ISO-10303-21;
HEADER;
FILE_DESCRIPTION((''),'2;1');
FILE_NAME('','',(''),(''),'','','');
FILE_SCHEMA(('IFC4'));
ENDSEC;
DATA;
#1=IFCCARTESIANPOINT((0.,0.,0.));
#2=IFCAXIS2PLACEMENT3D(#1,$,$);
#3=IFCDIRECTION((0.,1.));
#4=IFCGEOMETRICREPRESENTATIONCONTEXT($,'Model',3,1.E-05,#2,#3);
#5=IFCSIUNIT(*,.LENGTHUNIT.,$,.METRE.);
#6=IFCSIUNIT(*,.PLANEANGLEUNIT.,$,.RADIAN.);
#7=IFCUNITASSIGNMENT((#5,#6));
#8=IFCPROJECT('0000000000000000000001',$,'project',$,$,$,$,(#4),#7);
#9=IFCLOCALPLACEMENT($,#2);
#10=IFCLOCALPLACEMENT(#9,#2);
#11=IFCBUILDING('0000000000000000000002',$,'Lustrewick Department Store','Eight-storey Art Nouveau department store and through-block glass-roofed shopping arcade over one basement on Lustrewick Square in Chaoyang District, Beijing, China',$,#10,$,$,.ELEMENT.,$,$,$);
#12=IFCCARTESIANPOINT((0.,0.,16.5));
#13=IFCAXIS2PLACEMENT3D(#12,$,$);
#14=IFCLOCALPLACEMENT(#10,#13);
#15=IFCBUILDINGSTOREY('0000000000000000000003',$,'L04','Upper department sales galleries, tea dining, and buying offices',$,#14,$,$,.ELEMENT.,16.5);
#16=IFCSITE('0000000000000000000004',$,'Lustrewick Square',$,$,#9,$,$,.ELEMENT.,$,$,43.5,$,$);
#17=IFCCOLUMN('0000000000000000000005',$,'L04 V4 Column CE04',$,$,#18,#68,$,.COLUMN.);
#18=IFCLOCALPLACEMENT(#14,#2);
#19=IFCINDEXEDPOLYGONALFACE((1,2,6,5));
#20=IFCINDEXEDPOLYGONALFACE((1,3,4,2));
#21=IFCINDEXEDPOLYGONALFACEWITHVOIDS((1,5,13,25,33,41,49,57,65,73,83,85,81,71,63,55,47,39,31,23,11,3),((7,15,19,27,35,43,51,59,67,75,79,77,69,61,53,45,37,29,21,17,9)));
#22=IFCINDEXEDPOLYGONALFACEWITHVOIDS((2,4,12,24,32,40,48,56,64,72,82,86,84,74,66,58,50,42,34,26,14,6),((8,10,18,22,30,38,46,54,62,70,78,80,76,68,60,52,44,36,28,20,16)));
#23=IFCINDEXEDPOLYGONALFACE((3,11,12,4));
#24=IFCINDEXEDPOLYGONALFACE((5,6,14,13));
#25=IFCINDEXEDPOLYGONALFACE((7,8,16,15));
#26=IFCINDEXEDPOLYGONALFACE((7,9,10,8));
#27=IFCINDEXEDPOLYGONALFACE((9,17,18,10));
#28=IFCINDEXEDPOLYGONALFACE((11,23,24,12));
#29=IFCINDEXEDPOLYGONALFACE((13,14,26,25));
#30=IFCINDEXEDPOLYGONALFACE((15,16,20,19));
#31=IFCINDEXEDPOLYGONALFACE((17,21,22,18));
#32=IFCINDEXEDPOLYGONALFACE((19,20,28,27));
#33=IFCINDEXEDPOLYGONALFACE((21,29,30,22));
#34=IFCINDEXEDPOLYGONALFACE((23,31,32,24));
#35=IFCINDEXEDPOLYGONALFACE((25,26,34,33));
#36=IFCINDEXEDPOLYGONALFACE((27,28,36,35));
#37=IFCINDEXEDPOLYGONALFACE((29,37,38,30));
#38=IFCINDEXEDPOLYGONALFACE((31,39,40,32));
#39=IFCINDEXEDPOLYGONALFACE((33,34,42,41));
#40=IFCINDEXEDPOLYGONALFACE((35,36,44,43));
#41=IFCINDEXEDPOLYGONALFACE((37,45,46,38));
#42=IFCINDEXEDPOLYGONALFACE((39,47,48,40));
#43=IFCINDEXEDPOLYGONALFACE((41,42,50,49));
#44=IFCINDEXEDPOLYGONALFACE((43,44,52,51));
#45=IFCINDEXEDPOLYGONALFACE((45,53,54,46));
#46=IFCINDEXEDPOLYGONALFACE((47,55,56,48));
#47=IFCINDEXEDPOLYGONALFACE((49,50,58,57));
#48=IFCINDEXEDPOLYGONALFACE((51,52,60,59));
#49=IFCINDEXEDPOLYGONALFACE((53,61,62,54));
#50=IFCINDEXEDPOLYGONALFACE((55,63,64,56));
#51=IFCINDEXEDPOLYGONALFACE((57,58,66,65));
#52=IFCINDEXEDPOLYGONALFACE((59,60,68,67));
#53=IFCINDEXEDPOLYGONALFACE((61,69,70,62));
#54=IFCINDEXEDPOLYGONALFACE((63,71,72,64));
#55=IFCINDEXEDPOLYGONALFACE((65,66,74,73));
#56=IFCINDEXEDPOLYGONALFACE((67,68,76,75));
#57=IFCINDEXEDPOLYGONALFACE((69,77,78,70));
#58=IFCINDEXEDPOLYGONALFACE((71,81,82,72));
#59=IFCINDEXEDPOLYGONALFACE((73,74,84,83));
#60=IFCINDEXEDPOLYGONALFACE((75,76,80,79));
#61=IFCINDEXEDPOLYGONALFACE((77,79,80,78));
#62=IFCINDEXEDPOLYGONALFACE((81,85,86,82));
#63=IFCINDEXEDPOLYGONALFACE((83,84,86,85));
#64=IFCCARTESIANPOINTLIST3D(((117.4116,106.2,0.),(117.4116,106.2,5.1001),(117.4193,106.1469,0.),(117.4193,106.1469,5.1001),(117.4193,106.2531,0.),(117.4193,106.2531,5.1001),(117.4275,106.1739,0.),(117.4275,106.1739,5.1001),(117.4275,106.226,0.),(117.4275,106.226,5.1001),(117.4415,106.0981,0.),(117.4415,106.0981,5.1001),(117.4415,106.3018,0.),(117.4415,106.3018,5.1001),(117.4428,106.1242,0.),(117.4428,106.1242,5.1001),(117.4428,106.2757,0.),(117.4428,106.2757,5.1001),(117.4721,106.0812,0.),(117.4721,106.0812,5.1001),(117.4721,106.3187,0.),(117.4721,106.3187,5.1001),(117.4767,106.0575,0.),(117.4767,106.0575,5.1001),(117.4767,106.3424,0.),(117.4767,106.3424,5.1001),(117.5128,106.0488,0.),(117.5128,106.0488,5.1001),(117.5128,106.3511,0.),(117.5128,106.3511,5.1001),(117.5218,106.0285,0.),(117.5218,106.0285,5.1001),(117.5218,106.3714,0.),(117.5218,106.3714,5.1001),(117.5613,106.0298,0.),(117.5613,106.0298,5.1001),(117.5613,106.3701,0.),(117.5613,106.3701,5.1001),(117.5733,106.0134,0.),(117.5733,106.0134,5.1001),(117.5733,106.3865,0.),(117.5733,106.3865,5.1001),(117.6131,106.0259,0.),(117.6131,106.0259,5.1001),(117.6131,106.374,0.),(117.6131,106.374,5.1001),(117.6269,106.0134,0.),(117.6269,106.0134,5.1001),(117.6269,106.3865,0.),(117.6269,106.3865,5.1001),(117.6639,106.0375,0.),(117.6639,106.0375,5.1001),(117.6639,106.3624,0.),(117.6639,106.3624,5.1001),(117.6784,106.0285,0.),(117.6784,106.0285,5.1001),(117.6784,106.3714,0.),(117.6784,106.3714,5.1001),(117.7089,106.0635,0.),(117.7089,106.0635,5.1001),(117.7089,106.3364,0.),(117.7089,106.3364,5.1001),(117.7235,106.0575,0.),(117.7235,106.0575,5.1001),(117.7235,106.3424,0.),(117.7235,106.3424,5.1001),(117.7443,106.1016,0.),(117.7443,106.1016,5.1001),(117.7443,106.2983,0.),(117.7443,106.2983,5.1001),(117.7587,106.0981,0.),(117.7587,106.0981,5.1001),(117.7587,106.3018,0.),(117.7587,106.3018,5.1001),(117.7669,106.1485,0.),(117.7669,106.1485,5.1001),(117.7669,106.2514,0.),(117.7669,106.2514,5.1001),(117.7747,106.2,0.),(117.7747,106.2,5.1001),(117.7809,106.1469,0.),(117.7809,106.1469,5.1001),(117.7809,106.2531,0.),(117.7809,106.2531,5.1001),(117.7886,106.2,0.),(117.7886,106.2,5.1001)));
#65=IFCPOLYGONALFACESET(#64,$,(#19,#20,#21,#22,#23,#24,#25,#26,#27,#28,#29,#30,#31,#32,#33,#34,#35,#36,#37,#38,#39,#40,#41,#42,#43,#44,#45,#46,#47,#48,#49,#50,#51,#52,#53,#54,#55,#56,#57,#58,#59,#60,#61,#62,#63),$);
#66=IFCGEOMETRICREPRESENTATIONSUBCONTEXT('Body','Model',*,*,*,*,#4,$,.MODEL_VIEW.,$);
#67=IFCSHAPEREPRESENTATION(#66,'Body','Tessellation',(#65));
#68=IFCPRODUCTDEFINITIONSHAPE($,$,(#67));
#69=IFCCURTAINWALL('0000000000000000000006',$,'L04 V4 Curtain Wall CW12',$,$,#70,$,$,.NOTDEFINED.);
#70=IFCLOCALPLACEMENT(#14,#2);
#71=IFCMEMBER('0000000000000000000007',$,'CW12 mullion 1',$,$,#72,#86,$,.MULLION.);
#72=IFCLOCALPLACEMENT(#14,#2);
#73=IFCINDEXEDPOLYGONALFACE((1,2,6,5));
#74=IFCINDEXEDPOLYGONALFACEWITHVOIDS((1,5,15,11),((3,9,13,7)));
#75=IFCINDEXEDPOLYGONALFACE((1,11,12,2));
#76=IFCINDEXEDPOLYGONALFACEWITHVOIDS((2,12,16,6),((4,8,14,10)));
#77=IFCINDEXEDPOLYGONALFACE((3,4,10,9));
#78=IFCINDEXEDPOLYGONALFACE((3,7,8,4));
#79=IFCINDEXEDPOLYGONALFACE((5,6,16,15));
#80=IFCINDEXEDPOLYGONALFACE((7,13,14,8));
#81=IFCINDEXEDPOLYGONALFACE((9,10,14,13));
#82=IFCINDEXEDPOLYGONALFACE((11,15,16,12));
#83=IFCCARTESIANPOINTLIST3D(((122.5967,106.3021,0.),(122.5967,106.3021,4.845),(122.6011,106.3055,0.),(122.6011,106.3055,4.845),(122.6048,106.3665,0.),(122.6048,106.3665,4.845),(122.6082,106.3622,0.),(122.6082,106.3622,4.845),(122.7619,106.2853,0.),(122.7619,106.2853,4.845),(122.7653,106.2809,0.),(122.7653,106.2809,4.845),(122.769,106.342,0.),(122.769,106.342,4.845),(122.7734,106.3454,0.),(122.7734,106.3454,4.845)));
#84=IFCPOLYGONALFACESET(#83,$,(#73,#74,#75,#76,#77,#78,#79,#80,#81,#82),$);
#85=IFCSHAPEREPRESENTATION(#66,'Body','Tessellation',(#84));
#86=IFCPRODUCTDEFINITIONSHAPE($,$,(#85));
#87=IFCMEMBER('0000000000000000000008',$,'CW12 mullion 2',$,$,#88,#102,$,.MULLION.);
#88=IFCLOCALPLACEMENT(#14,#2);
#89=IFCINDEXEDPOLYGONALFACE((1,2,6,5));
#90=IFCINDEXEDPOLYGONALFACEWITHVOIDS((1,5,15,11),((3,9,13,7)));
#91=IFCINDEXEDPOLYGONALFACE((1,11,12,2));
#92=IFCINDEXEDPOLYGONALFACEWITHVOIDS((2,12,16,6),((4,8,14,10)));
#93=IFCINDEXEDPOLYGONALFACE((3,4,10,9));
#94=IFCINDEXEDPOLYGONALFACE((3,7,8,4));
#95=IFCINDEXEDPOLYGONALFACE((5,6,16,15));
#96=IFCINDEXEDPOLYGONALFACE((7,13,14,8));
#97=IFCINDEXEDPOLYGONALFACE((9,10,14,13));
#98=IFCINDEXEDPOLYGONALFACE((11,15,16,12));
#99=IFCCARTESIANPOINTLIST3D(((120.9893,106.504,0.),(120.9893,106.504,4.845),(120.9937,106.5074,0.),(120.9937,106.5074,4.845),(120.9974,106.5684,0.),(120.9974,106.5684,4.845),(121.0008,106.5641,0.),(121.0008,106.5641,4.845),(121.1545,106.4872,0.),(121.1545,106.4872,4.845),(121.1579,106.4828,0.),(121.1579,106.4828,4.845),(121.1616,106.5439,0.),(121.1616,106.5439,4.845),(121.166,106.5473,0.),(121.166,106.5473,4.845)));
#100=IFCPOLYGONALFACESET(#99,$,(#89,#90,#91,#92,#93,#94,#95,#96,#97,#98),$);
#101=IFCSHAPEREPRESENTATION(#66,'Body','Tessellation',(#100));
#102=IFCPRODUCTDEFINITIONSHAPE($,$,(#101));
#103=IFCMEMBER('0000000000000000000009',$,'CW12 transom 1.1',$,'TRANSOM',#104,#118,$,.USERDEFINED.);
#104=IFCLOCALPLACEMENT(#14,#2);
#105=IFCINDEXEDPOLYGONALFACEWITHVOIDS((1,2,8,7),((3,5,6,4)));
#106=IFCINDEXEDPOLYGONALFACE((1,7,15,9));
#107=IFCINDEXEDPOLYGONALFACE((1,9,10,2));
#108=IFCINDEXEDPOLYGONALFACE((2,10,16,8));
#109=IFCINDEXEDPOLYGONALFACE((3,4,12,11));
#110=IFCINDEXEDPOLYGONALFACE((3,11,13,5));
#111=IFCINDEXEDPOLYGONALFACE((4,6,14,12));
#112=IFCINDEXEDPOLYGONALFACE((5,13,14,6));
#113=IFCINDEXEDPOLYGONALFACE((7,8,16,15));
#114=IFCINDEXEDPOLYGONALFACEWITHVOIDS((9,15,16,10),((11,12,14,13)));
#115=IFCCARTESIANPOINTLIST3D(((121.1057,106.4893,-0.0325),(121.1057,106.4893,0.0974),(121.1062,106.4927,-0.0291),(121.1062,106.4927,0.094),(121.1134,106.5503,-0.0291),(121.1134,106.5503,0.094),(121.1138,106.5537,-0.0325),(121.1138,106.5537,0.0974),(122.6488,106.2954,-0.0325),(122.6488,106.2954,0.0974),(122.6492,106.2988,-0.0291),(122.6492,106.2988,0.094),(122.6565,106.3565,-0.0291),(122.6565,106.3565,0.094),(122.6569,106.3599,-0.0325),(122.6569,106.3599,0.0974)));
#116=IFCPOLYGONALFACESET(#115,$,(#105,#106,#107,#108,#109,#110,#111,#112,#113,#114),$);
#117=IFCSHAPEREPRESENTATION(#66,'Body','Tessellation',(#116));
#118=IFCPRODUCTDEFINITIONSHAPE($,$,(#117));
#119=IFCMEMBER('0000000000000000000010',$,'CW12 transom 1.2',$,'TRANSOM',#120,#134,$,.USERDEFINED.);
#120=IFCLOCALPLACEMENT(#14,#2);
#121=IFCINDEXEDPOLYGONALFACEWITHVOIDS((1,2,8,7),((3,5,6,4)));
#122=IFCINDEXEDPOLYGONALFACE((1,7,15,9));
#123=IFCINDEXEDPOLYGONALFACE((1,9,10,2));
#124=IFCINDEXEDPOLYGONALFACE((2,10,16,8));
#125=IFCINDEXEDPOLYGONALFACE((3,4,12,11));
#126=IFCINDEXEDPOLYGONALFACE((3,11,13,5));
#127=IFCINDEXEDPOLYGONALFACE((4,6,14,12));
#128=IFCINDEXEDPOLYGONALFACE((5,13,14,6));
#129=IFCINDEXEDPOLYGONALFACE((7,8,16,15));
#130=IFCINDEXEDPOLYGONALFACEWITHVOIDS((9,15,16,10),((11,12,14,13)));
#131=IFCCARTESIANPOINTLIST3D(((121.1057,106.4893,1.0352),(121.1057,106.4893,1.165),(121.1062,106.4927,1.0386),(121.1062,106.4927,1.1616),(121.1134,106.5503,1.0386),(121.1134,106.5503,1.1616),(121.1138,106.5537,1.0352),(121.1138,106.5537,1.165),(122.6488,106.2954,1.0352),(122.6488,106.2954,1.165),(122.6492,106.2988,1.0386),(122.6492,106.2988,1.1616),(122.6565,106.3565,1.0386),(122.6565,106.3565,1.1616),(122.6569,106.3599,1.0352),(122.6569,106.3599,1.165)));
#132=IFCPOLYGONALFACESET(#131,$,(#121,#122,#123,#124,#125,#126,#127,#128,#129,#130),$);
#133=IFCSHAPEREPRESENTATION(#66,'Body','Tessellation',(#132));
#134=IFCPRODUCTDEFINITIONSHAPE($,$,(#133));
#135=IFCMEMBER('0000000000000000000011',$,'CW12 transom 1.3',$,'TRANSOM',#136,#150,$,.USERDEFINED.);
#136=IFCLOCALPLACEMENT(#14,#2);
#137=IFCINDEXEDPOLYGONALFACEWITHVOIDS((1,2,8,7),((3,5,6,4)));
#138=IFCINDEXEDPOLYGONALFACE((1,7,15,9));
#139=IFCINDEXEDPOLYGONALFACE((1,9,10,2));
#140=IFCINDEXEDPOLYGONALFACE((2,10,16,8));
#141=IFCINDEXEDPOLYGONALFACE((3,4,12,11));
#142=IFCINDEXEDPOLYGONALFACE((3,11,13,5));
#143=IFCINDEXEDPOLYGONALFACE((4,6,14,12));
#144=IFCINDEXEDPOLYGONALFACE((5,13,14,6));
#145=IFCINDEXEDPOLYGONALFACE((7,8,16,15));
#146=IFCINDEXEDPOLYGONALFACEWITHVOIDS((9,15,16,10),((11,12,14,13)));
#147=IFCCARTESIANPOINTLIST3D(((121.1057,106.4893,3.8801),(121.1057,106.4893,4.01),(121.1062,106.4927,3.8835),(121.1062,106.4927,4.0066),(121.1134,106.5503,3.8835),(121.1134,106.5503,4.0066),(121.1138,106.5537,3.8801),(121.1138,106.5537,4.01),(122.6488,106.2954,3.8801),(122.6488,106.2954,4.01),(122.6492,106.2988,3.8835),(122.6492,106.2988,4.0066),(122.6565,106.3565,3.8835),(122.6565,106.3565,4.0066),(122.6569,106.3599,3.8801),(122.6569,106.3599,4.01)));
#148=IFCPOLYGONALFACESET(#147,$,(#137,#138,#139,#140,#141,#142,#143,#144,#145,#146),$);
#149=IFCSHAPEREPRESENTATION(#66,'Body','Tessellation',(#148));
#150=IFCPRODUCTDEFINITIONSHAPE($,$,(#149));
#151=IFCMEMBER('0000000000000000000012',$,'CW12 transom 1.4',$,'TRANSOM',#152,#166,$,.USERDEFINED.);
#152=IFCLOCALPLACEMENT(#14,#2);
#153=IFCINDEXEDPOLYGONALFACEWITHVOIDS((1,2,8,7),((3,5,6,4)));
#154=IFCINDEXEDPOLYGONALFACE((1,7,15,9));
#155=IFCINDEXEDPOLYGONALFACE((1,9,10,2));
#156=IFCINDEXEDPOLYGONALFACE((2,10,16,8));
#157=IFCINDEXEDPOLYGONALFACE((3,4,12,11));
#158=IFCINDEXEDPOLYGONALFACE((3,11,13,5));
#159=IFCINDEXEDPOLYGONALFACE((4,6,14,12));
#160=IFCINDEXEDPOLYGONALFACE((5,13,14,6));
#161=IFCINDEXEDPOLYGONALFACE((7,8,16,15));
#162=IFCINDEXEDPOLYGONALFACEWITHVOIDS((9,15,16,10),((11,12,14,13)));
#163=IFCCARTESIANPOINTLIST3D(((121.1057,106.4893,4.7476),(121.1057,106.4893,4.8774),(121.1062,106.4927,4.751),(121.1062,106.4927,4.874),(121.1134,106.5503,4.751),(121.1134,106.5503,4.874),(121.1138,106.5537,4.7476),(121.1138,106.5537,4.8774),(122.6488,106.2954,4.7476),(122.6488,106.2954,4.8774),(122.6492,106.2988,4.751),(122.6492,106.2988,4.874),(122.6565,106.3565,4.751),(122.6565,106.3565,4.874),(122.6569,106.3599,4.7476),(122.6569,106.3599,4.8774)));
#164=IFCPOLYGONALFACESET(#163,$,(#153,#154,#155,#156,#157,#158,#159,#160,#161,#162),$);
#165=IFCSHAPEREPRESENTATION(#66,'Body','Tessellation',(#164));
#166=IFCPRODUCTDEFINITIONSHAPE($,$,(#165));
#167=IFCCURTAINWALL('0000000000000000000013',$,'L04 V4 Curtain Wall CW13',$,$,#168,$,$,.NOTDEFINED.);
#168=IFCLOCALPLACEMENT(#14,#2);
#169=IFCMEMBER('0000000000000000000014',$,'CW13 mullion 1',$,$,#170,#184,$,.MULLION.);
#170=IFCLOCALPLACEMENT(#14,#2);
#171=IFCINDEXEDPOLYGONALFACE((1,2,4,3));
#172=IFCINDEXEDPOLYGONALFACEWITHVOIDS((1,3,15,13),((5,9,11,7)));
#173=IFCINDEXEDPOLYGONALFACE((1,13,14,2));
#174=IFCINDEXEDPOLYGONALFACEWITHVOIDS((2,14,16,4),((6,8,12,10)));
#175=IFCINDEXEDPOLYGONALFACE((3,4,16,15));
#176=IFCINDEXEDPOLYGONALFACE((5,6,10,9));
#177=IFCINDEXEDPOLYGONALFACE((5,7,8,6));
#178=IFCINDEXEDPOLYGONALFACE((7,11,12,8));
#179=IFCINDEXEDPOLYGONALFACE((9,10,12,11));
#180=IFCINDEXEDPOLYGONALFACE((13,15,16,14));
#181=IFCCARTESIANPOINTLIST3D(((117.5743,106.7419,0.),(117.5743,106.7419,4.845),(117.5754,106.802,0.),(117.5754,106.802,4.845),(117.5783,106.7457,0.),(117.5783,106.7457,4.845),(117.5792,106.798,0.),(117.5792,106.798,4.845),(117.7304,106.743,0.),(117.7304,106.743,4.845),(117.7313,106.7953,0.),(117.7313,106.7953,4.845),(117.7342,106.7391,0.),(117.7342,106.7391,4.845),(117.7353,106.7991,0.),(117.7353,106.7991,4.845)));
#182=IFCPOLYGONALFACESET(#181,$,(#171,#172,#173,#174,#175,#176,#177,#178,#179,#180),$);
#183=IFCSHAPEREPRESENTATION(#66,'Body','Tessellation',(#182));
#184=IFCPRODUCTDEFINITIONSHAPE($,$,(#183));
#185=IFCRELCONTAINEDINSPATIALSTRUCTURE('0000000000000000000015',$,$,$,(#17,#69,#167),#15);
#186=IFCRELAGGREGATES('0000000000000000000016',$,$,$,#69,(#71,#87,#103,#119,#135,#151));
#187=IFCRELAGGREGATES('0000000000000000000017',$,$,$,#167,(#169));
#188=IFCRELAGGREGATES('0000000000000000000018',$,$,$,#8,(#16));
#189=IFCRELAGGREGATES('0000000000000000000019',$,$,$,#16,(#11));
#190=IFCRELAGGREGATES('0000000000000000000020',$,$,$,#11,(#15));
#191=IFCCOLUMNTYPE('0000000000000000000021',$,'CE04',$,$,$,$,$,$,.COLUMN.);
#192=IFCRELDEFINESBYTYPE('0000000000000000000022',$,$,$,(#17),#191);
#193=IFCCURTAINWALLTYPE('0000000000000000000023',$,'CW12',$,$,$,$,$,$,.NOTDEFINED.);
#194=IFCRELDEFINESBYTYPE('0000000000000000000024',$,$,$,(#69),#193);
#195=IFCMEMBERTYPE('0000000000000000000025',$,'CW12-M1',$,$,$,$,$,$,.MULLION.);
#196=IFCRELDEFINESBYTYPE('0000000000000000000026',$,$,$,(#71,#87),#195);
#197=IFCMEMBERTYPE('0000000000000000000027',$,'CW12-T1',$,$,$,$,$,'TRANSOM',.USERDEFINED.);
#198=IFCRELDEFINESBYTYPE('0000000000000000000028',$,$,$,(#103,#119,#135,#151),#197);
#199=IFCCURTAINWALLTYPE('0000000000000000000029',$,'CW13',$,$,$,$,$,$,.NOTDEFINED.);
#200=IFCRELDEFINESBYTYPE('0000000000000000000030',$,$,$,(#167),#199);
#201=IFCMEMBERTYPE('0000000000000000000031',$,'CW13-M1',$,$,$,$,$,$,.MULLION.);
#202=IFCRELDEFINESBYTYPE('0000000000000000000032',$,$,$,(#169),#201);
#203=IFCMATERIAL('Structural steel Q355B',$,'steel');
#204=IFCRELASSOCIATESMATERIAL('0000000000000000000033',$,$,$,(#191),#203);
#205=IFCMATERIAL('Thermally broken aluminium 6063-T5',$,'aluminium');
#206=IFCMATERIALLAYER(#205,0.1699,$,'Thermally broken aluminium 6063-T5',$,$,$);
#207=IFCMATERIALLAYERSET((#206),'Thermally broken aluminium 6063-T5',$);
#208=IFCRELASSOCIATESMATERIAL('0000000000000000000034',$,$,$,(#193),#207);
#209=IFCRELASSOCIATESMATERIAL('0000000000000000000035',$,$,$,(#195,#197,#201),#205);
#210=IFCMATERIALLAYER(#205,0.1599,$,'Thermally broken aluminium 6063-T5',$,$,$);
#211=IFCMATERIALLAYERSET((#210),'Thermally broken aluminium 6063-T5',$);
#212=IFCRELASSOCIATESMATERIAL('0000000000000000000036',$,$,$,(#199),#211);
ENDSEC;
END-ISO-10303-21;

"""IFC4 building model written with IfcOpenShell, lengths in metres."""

from ifc_helpers import new_model, si_unit, direction, frame, origin, origin_2d, place, context, subcontext, project, spatial, hollow_rectangle, hollow_circle, extrude, material, layer, layer_set, material_profile, profile_set, type_object, element, aggregate, save


model = new_model("IFC4")

# Units and contexts
model_context = context("Model", 3, precision=1e-05, world=origin(), true_north=direction((0.0, 1.0)))
body_context = subcontext(model_context, "Body", "Model", "MODEL_VIEW")
ifc_project = project(units=[si_unit("LENGTHUNIT", "METRE"), si_unit("PLANEANGLEUNIT", "RADIAN")], contexts=[model_context])

# Site, building, storey
site_placement = place(None, origin())
site = spatial("IfcSite", under=ifc_project, at=site_placement, Name="Lustrewick Square", CompositionType="ELEMENT", RefElevation=43.5)
building_placement = place(site_placement, origin())
building = spatial("IfcBuilding", under=site, at=building_placement, Name="Lustrewick Department Store", Description="Eight-storey Art Nouveau department store and through-block glass-roofed shopping arcade over one basement on Lustrewick Square in Chaoyang District, Beijing, China", CompositionType="ELEMENT")
storey_placement = place(building_placement, frame((0.0, 0.0, 16.5)))
storey = spatial("IfcBuildingStorey", under=building, at=storey_placement, Name="L04", Description="Upper department sales galleries, tea dining, and buying offices", CompositionType="ELEMENT", Elevation=16.5)

# Column
ifc_material_1 = material(Name="Structural steel Q355B", Category="steel")
ifc_material_profile_1 = material_profile(ifc_material_1, hollow_circle(Radius=0.1885, WallThickness=0.0139, at=origin_2d()), Name="CHS 377x14")
ifc_profile_set_1 = profile_set([ifc_material_profile_1], Name="Structural steel Q355B")
column_type = type_object("IfcColumnType", Name="CE04", PredefinedType="COLUMN", material=ifc_profile_set_1)
column_placement = place(storey_placement, frame((117.6001, 106.2, 0.0), z_axis=(0.0, 0.0, 1.0), x_axis=(1.0, 0.0, 0.0)))
element("IfcColumn", 1, at=column_placement, inside=storey, type_object=column_type, Name="L04 V4 Column CE04", PredefinedType="COLUMN", context=body_context, shape_type="SweptSolid", body=[
    extrude(hollow_circle(Radius=0.1885, WallThickness=0.0139, at=origin_2d()), origin(), (0.0, 0.0, 1.0), 5.1001),
])

# Curtain walls, members
ifc_material_2 = material(Name="Thermally broken aluminium 6063-T5", Category="aluminium")
ifc_layer_1 = layer(ifc_material_2, 0.1699, Name="Thermally broken aluminium 6063-T5")
ifc_layer_set_1 = layer_set([ifc_layer_1], Name="Thermally broken aluminium 6063-T5")
curtain_wall_type_1 = type_object("IfcCurtainWallType", Name="CW12", PredefinedType="NOTDEFINED", material=ifc_layer_set_1)
curtain_wall_1_placement = place(storey_placement, origin())
curtain_wall_1 = element("IfcCurtainWall", 2, at=curtain_wall_1_placement, inside=storey, type_object=curtain_wall_type_1, Name="L04 V4 Curtain Wall CW12", PredefinedType="NOTDEFINED")
ifc_material_profile_2 = material_profile(ifc_material_2, hollow_rectangle(XDim=0.0649, YDim=0.1699, WallThickness=0.0039, at=origin_2d()), Name="ALU-M 65x170x4")
ifc_profile_set_2 = profile_set([ifc_material_profile_2], Name="Thermally broken aluminium 6063-T5")
member_type_1 = type_object("IfcMemberType", Name="CW12-M1", PredefinedType="MULLION", material=ifc_profile_set_2)
member_1_placement = place(storey_placement, frame((122.6851, 106.3237, 0.0), z_axis=(0.0, 0.0, 1.0), x_axis=(-0.124626, -0.992204, 0.0)))
member_1 = element("IfcMember", 3, at=member_1_placement, type_object=member_type_1, Name="CW12 mullion 1", PredefinedType="MULLION", context=body_context, shape_type="SweptSolid", body=[
    extrude(hollow_rectangle(XDim=0.0649, YDim=0.1699, WallThickness=0.0039, at=origin_2d()), origin(), (0.0, 0.0, 1.0), 4.845),
])
member_2_placement = place(storey_placement, frame((121.0776, 106.5256, 0.0), z_axis=(0.0, 0.0, 1.0), x_axis=(-0.124626, -0.992204, 0.0)))
member_2 = element("IfcMember", 4, at=member_2_placement, type_object=member_type_1, Name="CW12 mullion 2", PredefinedType="MULLION", context=body_context, shape_type="SweptSolid", body=[
    extrude(hollow_rectangle(XDim=0.0649, YDim=0.1699, WallThickness=0.0039, at=origin_2d()), origin(), (0.0, 0.0, 1.0), 4.845),
])
ifc_material_profile_3 = material_profile(ifc_material_2, hollow_rectangle(XDim=0.0649, YDim=0.1299, WallThickness=0.0034, at=origin_2d()), Name="ALU-T 65x130x3.5")
ifc_profile_set_3 = profile_set([ifc_material_profile_3], Name="Thermally broken aluminium 6063-T5")
member_type_2 = type_object("IfcMemberType", Name="CW12-T1", ElementType="TRANSOM", PredefinedType="USERDEFINED", material=ifc_profile_set_3)
member_3_placement = place(storey_placement, frame((122.6528, 106.3276, 0.0325), z_axis=(-0.9922, 0.124653, 0.0), x_axis=(-0.124653, -0.9922, 0.0)))
member_3 = element("IfcMember", 5, at=member_3_placement, type_object=member_type_2, Name="CW12 transom 1.1", ObjectType="TRANSOM", PredefinedType="USERDEFINED", context=body_context, shape_type="SweptSolid", body=[
    extrude(hollow_rectangle(XDim=0.0649, YDim=0.1299, WallThickness=0.0034, at=origin_2d()), origin(), (0.0, 0.0, 1.0), 1.5552),
])
member_4_placement = place(storey_placement, frame((122.6528, 106.3276, 1.1001), z_axis=(-0.9922, 0.124653, 0.0), x_axis=(-0.124653, -0.9922, 0.0)))
member_4 = element("IfcMember", 6, at=member_4_placement, type_object=member_type_2, Name="CW12 transom 1.2", ObjectType="TRANSOM", PredefinedType="USERDEFINED", context=body_context, shape_type="SweptSolid", body=[
    extrude(hollow_rectangle(XDim=0.0649, YDim=0.1299, WallThickness=0.0034, at=origin_2d()), origin(), (0.0, 0.0, 1.0), 1.5552),
])
member_5_placement = place(storey_placement, frame((122.6528, 106.3276, 3.9451), z_axis=(-0.9922, 0.124653, 0.0), x_axis=(-0.124653, -0.9922, 0.0)))
member_5 = element("IfcMember", 7, at=member_5_placement, type_object=member_type_2, Name="CW12 transom 1.3", ObjectType="TRANSOM", PredefinedType="USERDEFINED", context=body_context, shape_type="SweptSolid", body=[
    extrude(hollow_rectangle(XDim=0.0649, YDim=0.1299, WallThickness=0.0034, at=origin_2d()), origin(), (0.0, 0.0, 1.0), 1.5552),
])
member_6_placement = place(storey_placement, frame((122.6528, 106.3276, 4.8125), z_axis=(-0.9922, 0.124653, 0.0), x_axis=(-0.124653, -0.9922, 0.0)))
member_6 = element("IfcMember", 8, at=member_6_placement, type_object=member_type_2, Name="CW12 transom 1.4", ObjectType="TRANSOM", PredefinedType="USERDEFINED", context=body_context, shape_type="SweptSolid", body=[
    extrude(hollow_rectangle(XDim=0.0649, YDim=0.1299, WallThickness=0.0034, at=origin_2d()), origin(), (0.0, 0.0, 1.0), 1.5552),
])
ifc_layer_2 = layer(ifc_material_2, 0.1599, Name="Thermally broken aluminium 6063-T5")
ifc_layer_set_2 = layer_set([ifc_layer_2], Name="Thermally broken aluminium 6063-T5")
curtain_wall_type_2 = type_object("IfcCurtainWallType", Name="CW13", PredefinedType="NOTDEFINED", material=ifc_layer_set_2)
curtain_wall_2_placement = place(storey_placement, origin())
curtain_wall_2 = element("IfcCurtainWall", 9, at=curtain_wall_2_placement, inside=storey, type_object=curtain_wall_type_2, Name="L04 V4 Curtain Wall CW13", PredefinedType="NOTDEFINED")
ifc_material_profile_4 = material_profile(ifc_material_2, hollow_rectangle(XDim=0.0601, YDim=0.1599, WallThickness=0.0039, at=origin_2d()), Name="ALU-M 60x160x4")
ifc_profile_set_4 = profile_set([ifc_material_profile_4], Name="Thermally broken aluminium 6063-T5")
member_type_3 = type_object("IfcMemberType", Name="CW13-M1", PredefinedType="MULLION", material=ifc_profile_set_4)
member_7_placement = place(storey_placement, frame((117.6548, 106.7705, 0.0), z_axis=(0.0, 0.0, 1.0), x_axis=(-0.017864, -0.99984, 0.0)))
member_7 = element("IfcMember", 10, at=member_7_placement, type_object=member_type_3, Name="CW13 mullion 1", PredefinedType="MULLION", context=body_context, shape_type="SweptSolid", body=[
    extrude(hollow_rectangle(XDim=0.0601, YDim=0.1599, WallThickness=0.0039, at=origin_2d()), origin(), (0.0, 0.0, 1.0), 4.845),
])

aggregate(curtain_wall_1, [member_1, member_2, member_3, member_4, member_5, member_6])
aggregate(curtain_wall_2, [member_7])

save(model, "model.ifc")
